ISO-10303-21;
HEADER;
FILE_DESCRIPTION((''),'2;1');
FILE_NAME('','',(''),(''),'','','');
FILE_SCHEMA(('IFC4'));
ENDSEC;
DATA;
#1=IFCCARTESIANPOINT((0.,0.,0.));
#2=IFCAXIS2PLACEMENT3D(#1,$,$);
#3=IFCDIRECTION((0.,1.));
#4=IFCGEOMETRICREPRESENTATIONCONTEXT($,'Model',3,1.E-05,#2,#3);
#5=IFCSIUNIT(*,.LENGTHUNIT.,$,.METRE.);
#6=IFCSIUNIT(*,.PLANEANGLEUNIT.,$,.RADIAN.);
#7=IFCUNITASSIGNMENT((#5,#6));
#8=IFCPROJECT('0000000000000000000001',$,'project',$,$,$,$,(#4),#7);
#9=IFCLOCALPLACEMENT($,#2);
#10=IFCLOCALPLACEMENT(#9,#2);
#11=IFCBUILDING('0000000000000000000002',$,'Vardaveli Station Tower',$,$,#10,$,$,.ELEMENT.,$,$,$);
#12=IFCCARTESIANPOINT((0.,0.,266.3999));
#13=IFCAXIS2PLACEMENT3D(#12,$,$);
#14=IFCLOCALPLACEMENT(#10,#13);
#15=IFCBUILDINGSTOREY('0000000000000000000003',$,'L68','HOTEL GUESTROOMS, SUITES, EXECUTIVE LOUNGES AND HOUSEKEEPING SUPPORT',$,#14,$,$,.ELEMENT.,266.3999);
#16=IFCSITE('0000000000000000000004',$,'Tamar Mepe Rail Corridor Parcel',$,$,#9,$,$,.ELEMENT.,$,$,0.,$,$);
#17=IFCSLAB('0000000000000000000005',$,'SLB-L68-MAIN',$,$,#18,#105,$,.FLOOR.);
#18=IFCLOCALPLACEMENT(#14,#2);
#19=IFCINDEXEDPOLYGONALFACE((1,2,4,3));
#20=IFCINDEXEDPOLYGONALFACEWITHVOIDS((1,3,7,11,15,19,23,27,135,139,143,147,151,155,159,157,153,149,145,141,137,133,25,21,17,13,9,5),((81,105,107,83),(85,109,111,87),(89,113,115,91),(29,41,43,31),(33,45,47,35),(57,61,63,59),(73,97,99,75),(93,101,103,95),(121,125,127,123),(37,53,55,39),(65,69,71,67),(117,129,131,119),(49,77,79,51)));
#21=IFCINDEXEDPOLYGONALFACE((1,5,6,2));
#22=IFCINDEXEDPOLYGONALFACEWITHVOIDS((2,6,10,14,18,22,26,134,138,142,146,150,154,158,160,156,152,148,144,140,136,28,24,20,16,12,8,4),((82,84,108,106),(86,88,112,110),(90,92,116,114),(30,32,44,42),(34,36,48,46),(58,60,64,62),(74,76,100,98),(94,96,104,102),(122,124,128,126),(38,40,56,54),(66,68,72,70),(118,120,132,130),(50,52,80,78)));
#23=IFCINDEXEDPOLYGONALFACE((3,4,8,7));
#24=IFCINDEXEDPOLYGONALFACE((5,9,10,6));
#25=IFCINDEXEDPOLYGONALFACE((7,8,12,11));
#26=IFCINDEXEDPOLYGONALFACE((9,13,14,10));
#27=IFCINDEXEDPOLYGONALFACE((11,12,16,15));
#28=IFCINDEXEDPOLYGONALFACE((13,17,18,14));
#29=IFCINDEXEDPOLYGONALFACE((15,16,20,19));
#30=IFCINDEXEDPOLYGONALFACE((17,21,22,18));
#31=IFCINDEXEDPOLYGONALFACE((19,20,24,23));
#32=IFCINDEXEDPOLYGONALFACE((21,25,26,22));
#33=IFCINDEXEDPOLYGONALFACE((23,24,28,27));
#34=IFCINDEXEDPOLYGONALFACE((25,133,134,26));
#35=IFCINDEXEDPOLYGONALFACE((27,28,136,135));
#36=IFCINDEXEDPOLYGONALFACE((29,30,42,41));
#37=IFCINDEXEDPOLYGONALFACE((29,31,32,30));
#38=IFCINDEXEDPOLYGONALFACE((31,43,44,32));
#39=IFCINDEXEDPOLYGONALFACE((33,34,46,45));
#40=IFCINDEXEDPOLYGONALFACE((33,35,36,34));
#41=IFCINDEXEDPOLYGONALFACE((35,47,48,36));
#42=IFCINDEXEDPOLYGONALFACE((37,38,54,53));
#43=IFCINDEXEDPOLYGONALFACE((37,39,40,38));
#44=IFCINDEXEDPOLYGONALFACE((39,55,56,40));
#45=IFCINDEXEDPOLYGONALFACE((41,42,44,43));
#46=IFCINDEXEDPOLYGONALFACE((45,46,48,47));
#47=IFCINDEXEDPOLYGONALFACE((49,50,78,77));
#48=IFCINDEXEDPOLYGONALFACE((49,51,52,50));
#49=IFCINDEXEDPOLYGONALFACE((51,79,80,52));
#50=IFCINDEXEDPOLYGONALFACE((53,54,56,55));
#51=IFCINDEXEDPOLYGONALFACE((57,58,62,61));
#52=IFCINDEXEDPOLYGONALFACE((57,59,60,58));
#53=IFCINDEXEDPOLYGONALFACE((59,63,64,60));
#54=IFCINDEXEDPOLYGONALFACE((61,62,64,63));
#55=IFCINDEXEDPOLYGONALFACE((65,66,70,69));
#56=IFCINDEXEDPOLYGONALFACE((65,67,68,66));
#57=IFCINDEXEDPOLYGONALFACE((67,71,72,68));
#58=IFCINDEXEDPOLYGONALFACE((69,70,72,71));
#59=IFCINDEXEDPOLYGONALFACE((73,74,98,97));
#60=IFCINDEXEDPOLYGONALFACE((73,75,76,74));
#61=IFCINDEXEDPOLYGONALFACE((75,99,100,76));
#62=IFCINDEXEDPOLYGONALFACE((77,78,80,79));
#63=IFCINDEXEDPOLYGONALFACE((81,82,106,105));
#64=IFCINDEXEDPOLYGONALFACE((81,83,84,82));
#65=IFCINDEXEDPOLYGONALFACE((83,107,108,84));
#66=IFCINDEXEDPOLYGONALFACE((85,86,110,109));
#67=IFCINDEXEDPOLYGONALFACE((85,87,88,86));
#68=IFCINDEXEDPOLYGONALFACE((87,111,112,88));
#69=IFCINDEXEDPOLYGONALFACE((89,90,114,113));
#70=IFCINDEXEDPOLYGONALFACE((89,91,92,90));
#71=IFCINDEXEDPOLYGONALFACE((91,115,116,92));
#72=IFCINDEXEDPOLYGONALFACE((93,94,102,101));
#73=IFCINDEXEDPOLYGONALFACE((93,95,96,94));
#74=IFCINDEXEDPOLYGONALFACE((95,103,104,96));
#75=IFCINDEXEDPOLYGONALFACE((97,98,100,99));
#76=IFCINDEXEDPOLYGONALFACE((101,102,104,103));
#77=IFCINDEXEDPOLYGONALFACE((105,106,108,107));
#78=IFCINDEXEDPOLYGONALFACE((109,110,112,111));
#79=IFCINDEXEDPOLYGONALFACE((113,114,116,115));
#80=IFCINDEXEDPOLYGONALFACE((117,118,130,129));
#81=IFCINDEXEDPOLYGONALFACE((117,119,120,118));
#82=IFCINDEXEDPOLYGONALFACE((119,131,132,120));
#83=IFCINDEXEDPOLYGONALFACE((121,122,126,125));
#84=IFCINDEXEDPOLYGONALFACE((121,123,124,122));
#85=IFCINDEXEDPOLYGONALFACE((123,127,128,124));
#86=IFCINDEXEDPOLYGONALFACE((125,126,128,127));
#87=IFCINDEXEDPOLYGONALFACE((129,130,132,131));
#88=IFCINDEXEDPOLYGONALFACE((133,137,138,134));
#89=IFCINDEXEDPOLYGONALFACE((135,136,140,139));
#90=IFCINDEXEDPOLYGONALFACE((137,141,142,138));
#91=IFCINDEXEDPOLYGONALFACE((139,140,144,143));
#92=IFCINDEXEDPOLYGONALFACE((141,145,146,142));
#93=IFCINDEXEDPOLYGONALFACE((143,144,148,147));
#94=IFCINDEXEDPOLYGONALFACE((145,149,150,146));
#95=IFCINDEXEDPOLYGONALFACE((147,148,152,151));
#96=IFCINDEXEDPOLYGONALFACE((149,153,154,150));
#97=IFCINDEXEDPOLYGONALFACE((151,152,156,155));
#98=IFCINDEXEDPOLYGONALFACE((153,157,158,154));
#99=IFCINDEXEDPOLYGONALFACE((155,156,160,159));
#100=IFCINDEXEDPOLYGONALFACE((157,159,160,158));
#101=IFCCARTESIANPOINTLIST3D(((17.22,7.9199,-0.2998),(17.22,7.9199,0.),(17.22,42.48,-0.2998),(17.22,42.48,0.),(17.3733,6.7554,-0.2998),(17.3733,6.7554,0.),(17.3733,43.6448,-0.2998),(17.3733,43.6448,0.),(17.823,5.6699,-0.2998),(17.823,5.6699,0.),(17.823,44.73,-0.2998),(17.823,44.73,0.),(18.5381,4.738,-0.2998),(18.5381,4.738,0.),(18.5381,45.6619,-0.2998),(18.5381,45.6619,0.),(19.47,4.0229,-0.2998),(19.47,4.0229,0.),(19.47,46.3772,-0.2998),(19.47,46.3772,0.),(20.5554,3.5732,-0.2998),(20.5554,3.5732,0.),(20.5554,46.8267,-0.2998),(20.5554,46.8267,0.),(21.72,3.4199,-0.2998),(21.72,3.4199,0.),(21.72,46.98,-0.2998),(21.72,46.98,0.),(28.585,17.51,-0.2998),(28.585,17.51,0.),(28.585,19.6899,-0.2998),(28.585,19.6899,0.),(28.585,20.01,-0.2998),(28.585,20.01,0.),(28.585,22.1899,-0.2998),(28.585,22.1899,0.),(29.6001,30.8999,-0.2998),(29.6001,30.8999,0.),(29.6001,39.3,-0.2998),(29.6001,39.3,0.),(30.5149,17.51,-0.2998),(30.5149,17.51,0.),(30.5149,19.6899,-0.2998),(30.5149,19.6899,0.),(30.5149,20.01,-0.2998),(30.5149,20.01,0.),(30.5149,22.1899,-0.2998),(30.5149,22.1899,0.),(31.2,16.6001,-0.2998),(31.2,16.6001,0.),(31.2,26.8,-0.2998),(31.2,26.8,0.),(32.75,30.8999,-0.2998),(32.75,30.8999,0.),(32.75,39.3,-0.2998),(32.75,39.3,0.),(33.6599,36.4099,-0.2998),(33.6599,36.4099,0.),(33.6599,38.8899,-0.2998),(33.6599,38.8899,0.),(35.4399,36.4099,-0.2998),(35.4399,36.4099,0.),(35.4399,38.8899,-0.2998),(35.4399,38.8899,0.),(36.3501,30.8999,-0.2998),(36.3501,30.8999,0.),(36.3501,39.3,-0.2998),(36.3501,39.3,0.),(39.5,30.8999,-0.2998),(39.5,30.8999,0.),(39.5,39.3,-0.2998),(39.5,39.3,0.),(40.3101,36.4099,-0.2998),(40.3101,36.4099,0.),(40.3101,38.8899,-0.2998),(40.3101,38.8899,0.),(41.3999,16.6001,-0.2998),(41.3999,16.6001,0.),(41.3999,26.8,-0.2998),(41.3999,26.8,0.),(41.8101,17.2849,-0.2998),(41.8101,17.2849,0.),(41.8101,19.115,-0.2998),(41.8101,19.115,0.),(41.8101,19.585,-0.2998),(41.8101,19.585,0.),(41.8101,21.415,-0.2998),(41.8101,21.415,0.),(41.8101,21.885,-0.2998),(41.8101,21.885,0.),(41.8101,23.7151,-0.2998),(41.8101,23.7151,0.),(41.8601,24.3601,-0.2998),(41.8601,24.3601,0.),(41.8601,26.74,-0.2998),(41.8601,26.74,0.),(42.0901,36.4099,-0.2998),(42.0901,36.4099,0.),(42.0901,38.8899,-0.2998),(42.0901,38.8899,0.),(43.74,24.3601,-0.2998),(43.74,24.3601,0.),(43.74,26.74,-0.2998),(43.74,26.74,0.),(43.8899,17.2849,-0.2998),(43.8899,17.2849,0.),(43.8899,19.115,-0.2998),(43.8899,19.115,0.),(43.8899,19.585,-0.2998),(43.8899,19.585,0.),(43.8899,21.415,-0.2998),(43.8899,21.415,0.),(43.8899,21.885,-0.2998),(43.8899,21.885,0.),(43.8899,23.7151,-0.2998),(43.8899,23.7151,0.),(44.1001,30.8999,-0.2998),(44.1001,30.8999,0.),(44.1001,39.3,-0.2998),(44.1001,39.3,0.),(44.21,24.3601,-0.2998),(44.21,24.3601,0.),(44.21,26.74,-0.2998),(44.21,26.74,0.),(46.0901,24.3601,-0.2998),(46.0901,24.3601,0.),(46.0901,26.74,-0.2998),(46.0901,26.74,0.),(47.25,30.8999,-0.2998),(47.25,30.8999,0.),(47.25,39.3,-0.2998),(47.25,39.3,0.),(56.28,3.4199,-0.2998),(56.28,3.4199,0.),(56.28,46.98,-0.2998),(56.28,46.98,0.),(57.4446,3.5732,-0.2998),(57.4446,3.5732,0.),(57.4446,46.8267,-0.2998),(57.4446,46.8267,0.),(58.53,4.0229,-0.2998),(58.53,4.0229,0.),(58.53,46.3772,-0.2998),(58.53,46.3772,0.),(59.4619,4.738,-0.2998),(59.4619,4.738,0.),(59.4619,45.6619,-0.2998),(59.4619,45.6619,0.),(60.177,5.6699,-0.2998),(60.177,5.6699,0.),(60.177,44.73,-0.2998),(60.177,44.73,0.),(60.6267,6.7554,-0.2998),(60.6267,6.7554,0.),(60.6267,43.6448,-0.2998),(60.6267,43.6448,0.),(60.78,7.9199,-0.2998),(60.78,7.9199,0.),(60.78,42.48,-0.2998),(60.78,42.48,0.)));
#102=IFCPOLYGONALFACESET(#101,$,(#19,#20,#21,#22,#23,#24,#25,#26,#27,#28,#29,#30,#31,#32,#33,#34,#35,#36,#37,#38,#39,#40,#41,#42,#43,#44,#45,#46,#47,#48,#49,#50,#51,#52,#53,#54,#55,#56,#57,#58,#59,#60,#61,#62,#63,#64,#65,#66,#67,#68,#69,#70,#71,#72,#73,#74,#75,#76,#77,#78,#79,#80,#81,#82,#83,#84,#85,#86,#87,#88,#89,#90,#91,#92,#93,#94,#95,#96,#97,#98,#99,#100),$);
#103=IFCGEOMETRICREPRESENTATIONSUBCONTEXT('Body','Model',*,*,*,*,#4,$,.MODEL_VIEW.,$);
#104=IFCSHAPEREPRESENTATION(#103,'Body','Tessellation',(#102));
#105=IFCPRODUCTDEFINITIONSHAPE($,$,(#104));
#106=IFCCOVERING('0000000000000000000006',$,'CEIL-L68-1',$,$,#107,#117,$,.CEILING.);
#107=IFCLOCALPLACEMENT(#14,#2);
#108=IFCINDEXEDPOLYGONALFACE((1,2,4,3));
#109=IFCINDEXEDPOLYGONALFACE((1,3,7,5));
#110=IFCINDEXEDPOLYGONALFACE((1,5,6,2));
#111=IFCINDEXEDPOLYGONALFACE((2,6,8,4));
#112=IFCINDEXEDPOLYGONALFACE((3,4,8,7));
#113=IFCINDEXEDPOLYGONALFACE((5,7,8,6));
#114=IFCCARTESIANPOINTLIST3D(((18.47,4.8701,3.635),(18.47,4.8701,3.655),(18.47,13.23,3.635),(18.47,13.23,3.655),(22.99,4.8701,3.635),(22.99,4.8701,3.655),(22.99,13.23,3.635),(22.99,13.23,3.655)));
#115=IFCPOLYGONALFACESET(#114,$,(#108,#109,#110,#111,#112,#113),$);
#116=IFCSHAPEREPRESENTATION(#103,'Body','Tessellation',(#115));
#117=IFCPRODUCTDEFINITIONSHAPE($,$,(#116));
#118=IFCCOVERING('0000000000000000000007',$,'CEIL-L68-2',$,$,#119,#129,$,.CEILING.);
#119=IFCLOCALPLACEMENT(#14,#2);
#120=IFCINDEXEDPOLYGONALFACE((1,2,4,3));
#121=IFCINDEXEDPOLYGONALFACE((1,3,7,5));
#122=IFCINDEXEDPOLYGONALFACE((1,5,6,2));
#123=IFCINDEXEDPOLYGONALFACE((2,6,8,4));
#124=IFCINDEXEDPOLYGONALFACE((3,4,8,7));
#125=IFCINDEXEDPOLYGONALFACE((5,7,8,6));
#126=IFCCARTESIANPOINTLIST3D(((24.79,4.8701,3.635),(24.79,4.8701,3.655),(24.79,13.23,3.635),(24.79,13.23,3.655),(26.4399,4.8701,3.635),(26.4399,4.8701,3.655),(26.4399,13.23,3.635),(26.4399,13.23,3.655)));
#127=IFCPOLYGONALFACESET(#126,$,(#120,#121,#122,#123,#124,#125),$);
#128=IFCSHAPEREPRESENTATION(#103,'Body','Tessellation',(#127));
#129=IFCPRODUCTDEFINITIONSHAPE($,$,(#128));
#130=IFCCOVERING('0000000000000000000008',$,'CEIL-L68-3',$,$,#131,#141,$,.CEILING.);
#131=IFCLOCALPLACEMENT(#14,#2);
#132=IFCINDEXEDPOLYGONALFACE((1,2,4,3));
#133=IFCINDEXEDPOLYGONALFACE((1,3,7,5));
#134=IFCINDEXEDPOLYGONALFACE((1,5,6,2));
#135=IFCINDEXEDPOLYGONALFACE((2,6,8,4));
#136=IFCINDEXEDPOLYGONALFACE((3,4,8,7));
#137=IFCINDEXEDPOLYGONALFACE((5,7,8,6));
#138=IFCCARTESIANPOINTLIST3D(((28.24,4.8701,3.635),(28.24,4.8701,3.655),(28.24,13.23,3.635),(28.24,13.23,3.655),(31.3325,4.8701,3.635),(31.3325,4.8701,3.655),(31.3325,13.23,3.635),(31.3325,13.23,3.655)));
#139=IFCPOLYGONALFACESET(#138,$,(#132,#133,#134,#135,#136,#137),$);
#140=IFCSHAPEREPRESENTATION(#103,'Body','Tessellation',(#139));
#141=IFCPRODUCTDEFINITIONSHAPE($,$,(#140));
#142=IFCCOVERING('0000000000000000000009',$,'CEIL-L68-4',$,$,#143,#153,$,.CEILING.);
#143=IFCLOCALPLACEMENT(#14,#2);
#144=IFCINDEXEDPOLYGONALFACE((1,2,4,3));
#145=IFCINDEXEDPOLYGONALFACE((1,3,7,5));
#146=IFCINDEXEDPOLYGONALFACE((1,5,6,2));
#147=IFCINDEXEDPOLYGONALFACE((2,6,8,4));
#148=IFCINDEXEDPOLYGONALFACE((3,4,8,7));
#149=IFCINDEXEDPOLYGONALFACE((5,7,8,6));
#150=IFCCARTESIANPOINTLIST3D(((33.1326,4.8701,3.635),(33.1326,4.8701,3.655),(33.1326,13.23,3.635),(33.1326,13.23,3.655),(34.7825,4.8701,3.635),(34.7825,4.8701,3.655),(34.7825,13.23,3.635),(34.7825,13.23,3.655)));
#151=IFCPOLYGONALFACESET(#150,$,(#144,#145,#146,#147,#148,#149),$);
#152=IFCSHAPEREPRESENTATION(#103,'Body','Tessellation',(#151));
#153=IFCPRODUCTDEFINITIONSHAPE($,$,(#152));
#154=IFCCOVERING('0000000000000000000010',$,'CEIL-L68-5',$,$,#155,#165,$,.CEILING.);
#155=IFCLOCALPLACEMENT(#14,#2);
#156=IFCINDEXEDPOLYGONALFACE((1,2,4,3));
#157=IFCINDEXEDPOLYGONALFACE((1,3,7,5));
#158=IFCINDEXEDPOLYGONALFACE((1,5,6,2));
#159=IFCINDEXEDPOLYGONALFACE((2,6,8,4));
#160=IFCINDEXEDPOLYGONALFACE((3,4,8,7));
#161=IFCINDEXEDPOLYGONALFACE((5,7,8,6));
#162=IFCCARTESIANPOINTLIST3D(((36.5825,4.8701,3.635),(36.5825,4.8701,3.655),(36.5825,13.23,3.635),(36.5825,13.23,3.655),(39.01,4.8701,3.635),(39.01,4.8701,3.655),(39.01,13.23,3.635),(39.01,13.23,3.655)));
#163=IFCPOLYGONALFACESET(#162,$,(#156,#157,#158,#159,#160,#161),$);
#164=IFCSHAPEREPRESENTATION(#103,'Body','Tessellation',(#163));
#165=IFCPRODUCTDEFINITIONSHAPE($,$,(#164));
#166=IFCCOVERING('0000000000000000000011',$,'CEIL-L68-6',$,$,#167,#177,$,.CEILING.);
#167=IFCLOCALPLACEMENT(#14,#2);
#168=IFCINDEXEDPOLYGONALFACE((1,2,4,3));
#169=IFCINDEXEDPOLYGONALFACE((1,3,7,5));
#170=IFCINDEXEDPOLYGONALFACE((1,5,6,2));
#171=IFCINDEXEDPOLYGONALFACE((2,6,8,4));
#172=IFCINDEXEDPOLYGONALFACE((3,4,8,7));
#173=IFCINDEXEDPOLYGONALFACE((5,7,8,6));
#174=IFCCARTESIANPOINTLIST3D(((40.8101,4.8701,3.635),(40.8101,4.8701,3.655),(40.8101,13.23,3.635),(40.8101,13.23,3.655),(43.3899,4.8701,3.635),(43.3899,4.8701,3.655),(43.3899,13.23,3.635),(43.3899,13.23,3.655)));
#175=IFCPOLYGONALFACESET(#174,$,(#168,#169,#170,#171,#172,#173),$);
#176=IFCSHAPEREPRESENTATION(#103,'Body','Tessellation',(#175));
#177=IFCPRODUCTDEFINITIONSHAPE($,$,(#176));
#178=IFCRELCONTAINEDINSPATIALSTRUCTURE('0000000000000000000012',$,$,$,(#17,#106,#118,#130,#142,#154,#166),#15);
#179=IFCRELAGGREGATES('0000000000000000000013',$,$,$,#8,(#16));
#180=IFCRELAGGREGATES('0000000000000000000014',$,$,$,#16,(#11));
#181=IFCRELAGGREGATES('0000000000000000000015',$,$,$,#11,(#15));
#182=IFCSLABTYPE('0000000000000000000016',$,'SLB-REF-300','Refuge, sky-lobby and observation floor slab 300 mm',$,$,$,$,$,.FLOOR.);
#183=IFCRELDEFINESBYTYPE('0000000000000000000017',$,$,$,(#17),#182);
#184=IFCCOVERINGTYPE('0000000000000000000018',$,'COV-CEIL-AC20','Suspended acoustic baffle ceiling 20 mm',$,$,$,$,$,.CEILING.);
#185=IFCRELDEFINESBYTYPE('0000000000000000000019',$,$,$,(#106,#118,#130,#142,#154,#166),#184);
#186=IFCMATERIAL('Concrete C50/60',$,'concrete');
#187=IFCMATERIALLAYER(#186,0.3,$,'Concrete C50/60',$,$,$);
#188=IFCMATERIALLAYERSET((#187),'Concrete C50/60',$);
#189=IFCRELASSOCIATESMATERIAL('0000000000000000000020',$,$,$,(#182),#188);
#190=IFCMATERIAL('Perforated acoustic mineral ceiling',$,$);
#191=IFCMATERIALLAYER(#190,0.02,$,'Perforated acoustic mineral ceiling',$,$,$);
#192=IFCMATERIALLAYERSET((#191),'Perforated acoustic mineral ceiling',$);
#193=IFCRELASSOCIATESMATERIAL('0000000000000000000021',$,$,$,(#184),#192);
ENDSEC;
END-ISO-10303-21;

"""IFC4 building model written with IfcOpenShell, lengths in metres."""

from ifc_helpers import new_model, si_unit, direction, frame, origin, place, context, subcontext, project, spatial, polyline, outline, extrude, material, layer, layer_set, type_object, element, save


model = new_model("IFC4")

# Units and contexts
model_context = context("Model", 3, precision=1e-05, world=origin(), true_north=direction((0.0, 1.0)))
body_context = subcontext(model_context, "Body", "Model", "MODEL_VIEW")
ifc_project = project(units=[si_unit("LENGTHUNIT", "METRE"), si_unit("PLANEANGLEUNIT", "RADIAN")], contexts=[model_context])

# Site, building, storey
site_placement = place(None, origin())
site = spatial("IfcSite", under=ifc_project, at=site_placement, Name="Tamar Mepe Rail Corridor Parcel", CompositionType="ELEMENT", RefElevation=0.0)
building_placement = place(site_placement, origin())
building = spatial("IfcBuilding", under=site, at=building_placement, Name="Vardaveli Station Tower", CompositionType="ELEMENT")
storey_placement = place(building_placement, frame((0.0, 0.0, 266.3999)))
storey = spatial("IfcBuildingStorey", under=building, at=storey_placement, Name="L68", Description="HOTEL GUESTROOMS, SUITES, EXECUTIVE LOUNGES AND HOUSEKEEPING SUPPORT", CompositionType="ELEMENT", Elevation=266.3999)

# Slab
ifc_material_1 = material(Name="Concrete C50/60", Category="concrete")
ifc_layer_1 = layer(ifc_material_1, 0.3, Name="Concrete C50/60")
ifc_layer_set_1 = layer_set([ifc_layer_1], Name="Concrete C50/60")
slab_type_1 = type_object("IfcSlabType", Name="SLB-REF-300", Description="Refuge, sky-lobby and observation floor slab 300 mm", PredefinedType="FLOOR", material=ifc_layer_set_1)
slab_1_placement = place(storey_placement, frame((0.0, 0.0, -0.2998)))
element("IfcSlab", 1, at=slab_1_placement, inside=storey, type_object=slab_type_1, Name="SLB-L68-MAIN", PredefinedType="FLOOR", context=body_context, shape_type="SweptSolid", body=[
    extrude(outline(polyline([(17.22, 7.9199), (17.3733, 6.7554), (17.823, 5.6699), (18.5381, 4.738), (19.47, 4.0229), (20.5554, 3.5732), (21.72, 3.4199), (56.28, 3.4199), (57.4446, 3.5732), (58.53, 4.0229), (59.4619, 4.738), (60.177, 5.6699), (60.6267, 6.7554), (60.78, 7.9199), (60.78, 42.48), (60.6267, 43.6448), (60.177, 44.73), (59.4619, 45.6619), (58.53, 46.3772), (57.4446, 46.8267), (56.28, 46.98), (21.72, 46.98), (20.5554, 46.8267), (19.47, 46.3772), (18.5381, 45.6619), (17.823, 44.73), (17.3733, 43.6448), (17.22, 42.48), (17.22, 7.9199)]), holes=[polyline([(31.2, 16.6001), (41.3999, 16.6001), (41.3999, 26.8), (31.2, 26.8), (31.2, 16.6001)]), polyline([(32.75, 30.8999), (32.75, 39.3), (29.6001, 39.3), (29.6001, 30.8999), (32.75, 30.8999)]), polyline([(39.5, 30.8999), (39.5, 39.3), (36.3501, 39.3), (36.3501, 30.8999), (39.5, 30.8999)]), polyline([(47.25, 30.8999), (47.25, 39.3), (44.1001, 39.3), (44.1001, 30.8999), (47.25, 30.8999)]), polyline([(33.6599, 36.4099), (35.4399, 36.4099), (35.4399, 38.8899), (33.6599, 38.8899), (33.6599, 36.4099)]), polyline([(40.3101, 36.4099), (42.0901, 36.4099), (42.0901, 38.8899), (40.3101, 38.8899), (40.3101, 36.4099)]), polyline([(41.8101, 21.885), (43.8899, 21.885), (43.8899, 23.7151), (41.8101, 23.7151), (41.8101, 21.885)]), polyline([(41.8101, 19.585), (43.8899, 19.585), (43.8899, 21.415), (41.8101, 21.415), (41.8101, 19.585)]), polyline([(41.8101, 17.2849), (43.8899, 17.2849), (43.8899, 19.115), (41.8101, 19.115), (41.8101, 17.2849)]), polyline([(28.585, 17.51), (30.5149, 17.51), (30.5149, 19.6899), (28.585, 19.6899), (28.585, 17.51)]), polyline([(28.585, 20.01), (30.5149, 20.01), (30.5149, 22.1899), (28.585, 22.1899), (28.585, 20.01)]), polyline([(41.8601, 24.3601), (43.74, 24.3601), (43.74, 26.74), (41.8601, 26.74), (41.8601, 24.3601)]), polyline([(44.21, 24.3601), (46.0901, 24.3601), (46.0901, 26.74), (44.21, 26.74), (44.21, 24.3601)])]), origin(), (0.0, 0.0, 1.0), 0.2998),
])

# Coverings
ifc_material_2 = material(Name="Perforated acoustic mineral ceiling")
ifc_layer_2 = layer(ifc_material_2, 0.02, Name="Perforated acoustic mineral ceiling")
ifc_layer_set_2 = layer_set([ifc_layer_2], Name="Perforated acoustic mineral ceiling")
covering_type_1 = type_object("IfcCoveringType", Name="COV-CEIL-AC20", Description="Suspended acoustic baffle ceiling 20 mm", PredefinedType="CEILING", material=ifc_layer_set_2)
covering_1_placement = place(storey_placement, frame((0.0, 0.0, 3.635)))
element("IfcCovering", 2, at=covering_1_placement, inside=storey, type_object=covering_type_1, Name="CEIL-L68-1", PredefinedType="CEILING", context=body_context, shape_type="SweptSolid", body=[
    extrude(outline(polyline([(18.47, 4.8701), (22.99, 4.8701), (22.99, 13.23), (18.47, 13.23), (18.47, 4.8701)])), origin(), (0.0, 0.0, 1.0), 0.02),
])
covering_2_placement = place(storey_placement, frame((0.0, 0.0, 3.635)))
element("IfcCovering", 3, at=covering_2_placement, inside=storey, type_object=covering_type_1, Name="CEIL-L68-2", PredefinedType="CEILING", context=body_context, shape_type="SweptSolid", body=[
    extrude(outline(polyline([(24.79, 4.8701), (26.4399, 4.8701), (26.4399, 13.23), (24.79, 13.23), (24.79, 4.8701)])), origin(), (0.0, 0.0, 1.0), 0.02),
])
covering_3_placement = place(storey_placement, frame((0.0, 0.0, 3.635)))
element("IfcCovering", 4, at=covering_3_placement, inside=storey, type_object=covering_type_1, Name="CEIL-L68-3", PredefinedType="CEILING", context=body_context, shape_type="SweptSolid", body=[
    extrude(outline(polyline([(28.24, 4.8701), (31.3325, 4.8701), (31.3325, 13.23), (28.24, 13.23), (28.24, 4.8701)])), origin(), (0.0, 0.0, 1.0), 0.02),
])
covering_4_placement = place(storey_placement, frame((0.0, 0.0, 3.635)))
element("IfcCovering", 5, at=covering_4_placement, inside=storey, type_object=covering_type_1, Name="CEIL-L68-4", PredefinedType="CEILING", context=body_context, shape_type="SweptSolid", body=[
    extrude(outline(polyline([(33.1326, 4.8701), (34.7825, 4.8701), (34.7825, 13.23), (33.1326, 13.23), (33.1326, 4.8701)])), origin(), (0.0, 0.0, 1.0), 0.02),
])
covering_5_placement = place(storey_placement, frame((0.0, 0.0, 3.635)))
element("IfcCovering", 6, at=covering_5_placement, inside=storey, type_object=covering_type_1, Name="CEIL-L68-5", PredefinedType="CEILING", context=body_context, shape_type="SweptSolid", body=[
    extrude(outline(polyline([(36.5825, 4.8701), (39.01, 4.8701), (39.01, 13.23), (36.5825, 13.23), (36.5825, 4.8701)])), origin(), (0.0, 0.0, 1.0), 0.02),
])
covering_6_placement = place(storey_placement, frame((0.0, 0.0, 3.635)))
element("IfcCovering", 7, at=covering_6_placement, inside=storey, type_object=covering_type_1, Name="CEIL-L68-6", PredefinedType="CEILING", context=body_context, shape_type="SweptSolid", body=[
    extrude(outline(polyline([(40.8101, 4.8701), (43.3899, 4.8701), (43.3899, 13.23), (40.8101, 13.23), (40.8101, 4.8701)])), origin(), (0.0, 0.0, 1.0), 0.02),
])

save(model, "model.ifc")
